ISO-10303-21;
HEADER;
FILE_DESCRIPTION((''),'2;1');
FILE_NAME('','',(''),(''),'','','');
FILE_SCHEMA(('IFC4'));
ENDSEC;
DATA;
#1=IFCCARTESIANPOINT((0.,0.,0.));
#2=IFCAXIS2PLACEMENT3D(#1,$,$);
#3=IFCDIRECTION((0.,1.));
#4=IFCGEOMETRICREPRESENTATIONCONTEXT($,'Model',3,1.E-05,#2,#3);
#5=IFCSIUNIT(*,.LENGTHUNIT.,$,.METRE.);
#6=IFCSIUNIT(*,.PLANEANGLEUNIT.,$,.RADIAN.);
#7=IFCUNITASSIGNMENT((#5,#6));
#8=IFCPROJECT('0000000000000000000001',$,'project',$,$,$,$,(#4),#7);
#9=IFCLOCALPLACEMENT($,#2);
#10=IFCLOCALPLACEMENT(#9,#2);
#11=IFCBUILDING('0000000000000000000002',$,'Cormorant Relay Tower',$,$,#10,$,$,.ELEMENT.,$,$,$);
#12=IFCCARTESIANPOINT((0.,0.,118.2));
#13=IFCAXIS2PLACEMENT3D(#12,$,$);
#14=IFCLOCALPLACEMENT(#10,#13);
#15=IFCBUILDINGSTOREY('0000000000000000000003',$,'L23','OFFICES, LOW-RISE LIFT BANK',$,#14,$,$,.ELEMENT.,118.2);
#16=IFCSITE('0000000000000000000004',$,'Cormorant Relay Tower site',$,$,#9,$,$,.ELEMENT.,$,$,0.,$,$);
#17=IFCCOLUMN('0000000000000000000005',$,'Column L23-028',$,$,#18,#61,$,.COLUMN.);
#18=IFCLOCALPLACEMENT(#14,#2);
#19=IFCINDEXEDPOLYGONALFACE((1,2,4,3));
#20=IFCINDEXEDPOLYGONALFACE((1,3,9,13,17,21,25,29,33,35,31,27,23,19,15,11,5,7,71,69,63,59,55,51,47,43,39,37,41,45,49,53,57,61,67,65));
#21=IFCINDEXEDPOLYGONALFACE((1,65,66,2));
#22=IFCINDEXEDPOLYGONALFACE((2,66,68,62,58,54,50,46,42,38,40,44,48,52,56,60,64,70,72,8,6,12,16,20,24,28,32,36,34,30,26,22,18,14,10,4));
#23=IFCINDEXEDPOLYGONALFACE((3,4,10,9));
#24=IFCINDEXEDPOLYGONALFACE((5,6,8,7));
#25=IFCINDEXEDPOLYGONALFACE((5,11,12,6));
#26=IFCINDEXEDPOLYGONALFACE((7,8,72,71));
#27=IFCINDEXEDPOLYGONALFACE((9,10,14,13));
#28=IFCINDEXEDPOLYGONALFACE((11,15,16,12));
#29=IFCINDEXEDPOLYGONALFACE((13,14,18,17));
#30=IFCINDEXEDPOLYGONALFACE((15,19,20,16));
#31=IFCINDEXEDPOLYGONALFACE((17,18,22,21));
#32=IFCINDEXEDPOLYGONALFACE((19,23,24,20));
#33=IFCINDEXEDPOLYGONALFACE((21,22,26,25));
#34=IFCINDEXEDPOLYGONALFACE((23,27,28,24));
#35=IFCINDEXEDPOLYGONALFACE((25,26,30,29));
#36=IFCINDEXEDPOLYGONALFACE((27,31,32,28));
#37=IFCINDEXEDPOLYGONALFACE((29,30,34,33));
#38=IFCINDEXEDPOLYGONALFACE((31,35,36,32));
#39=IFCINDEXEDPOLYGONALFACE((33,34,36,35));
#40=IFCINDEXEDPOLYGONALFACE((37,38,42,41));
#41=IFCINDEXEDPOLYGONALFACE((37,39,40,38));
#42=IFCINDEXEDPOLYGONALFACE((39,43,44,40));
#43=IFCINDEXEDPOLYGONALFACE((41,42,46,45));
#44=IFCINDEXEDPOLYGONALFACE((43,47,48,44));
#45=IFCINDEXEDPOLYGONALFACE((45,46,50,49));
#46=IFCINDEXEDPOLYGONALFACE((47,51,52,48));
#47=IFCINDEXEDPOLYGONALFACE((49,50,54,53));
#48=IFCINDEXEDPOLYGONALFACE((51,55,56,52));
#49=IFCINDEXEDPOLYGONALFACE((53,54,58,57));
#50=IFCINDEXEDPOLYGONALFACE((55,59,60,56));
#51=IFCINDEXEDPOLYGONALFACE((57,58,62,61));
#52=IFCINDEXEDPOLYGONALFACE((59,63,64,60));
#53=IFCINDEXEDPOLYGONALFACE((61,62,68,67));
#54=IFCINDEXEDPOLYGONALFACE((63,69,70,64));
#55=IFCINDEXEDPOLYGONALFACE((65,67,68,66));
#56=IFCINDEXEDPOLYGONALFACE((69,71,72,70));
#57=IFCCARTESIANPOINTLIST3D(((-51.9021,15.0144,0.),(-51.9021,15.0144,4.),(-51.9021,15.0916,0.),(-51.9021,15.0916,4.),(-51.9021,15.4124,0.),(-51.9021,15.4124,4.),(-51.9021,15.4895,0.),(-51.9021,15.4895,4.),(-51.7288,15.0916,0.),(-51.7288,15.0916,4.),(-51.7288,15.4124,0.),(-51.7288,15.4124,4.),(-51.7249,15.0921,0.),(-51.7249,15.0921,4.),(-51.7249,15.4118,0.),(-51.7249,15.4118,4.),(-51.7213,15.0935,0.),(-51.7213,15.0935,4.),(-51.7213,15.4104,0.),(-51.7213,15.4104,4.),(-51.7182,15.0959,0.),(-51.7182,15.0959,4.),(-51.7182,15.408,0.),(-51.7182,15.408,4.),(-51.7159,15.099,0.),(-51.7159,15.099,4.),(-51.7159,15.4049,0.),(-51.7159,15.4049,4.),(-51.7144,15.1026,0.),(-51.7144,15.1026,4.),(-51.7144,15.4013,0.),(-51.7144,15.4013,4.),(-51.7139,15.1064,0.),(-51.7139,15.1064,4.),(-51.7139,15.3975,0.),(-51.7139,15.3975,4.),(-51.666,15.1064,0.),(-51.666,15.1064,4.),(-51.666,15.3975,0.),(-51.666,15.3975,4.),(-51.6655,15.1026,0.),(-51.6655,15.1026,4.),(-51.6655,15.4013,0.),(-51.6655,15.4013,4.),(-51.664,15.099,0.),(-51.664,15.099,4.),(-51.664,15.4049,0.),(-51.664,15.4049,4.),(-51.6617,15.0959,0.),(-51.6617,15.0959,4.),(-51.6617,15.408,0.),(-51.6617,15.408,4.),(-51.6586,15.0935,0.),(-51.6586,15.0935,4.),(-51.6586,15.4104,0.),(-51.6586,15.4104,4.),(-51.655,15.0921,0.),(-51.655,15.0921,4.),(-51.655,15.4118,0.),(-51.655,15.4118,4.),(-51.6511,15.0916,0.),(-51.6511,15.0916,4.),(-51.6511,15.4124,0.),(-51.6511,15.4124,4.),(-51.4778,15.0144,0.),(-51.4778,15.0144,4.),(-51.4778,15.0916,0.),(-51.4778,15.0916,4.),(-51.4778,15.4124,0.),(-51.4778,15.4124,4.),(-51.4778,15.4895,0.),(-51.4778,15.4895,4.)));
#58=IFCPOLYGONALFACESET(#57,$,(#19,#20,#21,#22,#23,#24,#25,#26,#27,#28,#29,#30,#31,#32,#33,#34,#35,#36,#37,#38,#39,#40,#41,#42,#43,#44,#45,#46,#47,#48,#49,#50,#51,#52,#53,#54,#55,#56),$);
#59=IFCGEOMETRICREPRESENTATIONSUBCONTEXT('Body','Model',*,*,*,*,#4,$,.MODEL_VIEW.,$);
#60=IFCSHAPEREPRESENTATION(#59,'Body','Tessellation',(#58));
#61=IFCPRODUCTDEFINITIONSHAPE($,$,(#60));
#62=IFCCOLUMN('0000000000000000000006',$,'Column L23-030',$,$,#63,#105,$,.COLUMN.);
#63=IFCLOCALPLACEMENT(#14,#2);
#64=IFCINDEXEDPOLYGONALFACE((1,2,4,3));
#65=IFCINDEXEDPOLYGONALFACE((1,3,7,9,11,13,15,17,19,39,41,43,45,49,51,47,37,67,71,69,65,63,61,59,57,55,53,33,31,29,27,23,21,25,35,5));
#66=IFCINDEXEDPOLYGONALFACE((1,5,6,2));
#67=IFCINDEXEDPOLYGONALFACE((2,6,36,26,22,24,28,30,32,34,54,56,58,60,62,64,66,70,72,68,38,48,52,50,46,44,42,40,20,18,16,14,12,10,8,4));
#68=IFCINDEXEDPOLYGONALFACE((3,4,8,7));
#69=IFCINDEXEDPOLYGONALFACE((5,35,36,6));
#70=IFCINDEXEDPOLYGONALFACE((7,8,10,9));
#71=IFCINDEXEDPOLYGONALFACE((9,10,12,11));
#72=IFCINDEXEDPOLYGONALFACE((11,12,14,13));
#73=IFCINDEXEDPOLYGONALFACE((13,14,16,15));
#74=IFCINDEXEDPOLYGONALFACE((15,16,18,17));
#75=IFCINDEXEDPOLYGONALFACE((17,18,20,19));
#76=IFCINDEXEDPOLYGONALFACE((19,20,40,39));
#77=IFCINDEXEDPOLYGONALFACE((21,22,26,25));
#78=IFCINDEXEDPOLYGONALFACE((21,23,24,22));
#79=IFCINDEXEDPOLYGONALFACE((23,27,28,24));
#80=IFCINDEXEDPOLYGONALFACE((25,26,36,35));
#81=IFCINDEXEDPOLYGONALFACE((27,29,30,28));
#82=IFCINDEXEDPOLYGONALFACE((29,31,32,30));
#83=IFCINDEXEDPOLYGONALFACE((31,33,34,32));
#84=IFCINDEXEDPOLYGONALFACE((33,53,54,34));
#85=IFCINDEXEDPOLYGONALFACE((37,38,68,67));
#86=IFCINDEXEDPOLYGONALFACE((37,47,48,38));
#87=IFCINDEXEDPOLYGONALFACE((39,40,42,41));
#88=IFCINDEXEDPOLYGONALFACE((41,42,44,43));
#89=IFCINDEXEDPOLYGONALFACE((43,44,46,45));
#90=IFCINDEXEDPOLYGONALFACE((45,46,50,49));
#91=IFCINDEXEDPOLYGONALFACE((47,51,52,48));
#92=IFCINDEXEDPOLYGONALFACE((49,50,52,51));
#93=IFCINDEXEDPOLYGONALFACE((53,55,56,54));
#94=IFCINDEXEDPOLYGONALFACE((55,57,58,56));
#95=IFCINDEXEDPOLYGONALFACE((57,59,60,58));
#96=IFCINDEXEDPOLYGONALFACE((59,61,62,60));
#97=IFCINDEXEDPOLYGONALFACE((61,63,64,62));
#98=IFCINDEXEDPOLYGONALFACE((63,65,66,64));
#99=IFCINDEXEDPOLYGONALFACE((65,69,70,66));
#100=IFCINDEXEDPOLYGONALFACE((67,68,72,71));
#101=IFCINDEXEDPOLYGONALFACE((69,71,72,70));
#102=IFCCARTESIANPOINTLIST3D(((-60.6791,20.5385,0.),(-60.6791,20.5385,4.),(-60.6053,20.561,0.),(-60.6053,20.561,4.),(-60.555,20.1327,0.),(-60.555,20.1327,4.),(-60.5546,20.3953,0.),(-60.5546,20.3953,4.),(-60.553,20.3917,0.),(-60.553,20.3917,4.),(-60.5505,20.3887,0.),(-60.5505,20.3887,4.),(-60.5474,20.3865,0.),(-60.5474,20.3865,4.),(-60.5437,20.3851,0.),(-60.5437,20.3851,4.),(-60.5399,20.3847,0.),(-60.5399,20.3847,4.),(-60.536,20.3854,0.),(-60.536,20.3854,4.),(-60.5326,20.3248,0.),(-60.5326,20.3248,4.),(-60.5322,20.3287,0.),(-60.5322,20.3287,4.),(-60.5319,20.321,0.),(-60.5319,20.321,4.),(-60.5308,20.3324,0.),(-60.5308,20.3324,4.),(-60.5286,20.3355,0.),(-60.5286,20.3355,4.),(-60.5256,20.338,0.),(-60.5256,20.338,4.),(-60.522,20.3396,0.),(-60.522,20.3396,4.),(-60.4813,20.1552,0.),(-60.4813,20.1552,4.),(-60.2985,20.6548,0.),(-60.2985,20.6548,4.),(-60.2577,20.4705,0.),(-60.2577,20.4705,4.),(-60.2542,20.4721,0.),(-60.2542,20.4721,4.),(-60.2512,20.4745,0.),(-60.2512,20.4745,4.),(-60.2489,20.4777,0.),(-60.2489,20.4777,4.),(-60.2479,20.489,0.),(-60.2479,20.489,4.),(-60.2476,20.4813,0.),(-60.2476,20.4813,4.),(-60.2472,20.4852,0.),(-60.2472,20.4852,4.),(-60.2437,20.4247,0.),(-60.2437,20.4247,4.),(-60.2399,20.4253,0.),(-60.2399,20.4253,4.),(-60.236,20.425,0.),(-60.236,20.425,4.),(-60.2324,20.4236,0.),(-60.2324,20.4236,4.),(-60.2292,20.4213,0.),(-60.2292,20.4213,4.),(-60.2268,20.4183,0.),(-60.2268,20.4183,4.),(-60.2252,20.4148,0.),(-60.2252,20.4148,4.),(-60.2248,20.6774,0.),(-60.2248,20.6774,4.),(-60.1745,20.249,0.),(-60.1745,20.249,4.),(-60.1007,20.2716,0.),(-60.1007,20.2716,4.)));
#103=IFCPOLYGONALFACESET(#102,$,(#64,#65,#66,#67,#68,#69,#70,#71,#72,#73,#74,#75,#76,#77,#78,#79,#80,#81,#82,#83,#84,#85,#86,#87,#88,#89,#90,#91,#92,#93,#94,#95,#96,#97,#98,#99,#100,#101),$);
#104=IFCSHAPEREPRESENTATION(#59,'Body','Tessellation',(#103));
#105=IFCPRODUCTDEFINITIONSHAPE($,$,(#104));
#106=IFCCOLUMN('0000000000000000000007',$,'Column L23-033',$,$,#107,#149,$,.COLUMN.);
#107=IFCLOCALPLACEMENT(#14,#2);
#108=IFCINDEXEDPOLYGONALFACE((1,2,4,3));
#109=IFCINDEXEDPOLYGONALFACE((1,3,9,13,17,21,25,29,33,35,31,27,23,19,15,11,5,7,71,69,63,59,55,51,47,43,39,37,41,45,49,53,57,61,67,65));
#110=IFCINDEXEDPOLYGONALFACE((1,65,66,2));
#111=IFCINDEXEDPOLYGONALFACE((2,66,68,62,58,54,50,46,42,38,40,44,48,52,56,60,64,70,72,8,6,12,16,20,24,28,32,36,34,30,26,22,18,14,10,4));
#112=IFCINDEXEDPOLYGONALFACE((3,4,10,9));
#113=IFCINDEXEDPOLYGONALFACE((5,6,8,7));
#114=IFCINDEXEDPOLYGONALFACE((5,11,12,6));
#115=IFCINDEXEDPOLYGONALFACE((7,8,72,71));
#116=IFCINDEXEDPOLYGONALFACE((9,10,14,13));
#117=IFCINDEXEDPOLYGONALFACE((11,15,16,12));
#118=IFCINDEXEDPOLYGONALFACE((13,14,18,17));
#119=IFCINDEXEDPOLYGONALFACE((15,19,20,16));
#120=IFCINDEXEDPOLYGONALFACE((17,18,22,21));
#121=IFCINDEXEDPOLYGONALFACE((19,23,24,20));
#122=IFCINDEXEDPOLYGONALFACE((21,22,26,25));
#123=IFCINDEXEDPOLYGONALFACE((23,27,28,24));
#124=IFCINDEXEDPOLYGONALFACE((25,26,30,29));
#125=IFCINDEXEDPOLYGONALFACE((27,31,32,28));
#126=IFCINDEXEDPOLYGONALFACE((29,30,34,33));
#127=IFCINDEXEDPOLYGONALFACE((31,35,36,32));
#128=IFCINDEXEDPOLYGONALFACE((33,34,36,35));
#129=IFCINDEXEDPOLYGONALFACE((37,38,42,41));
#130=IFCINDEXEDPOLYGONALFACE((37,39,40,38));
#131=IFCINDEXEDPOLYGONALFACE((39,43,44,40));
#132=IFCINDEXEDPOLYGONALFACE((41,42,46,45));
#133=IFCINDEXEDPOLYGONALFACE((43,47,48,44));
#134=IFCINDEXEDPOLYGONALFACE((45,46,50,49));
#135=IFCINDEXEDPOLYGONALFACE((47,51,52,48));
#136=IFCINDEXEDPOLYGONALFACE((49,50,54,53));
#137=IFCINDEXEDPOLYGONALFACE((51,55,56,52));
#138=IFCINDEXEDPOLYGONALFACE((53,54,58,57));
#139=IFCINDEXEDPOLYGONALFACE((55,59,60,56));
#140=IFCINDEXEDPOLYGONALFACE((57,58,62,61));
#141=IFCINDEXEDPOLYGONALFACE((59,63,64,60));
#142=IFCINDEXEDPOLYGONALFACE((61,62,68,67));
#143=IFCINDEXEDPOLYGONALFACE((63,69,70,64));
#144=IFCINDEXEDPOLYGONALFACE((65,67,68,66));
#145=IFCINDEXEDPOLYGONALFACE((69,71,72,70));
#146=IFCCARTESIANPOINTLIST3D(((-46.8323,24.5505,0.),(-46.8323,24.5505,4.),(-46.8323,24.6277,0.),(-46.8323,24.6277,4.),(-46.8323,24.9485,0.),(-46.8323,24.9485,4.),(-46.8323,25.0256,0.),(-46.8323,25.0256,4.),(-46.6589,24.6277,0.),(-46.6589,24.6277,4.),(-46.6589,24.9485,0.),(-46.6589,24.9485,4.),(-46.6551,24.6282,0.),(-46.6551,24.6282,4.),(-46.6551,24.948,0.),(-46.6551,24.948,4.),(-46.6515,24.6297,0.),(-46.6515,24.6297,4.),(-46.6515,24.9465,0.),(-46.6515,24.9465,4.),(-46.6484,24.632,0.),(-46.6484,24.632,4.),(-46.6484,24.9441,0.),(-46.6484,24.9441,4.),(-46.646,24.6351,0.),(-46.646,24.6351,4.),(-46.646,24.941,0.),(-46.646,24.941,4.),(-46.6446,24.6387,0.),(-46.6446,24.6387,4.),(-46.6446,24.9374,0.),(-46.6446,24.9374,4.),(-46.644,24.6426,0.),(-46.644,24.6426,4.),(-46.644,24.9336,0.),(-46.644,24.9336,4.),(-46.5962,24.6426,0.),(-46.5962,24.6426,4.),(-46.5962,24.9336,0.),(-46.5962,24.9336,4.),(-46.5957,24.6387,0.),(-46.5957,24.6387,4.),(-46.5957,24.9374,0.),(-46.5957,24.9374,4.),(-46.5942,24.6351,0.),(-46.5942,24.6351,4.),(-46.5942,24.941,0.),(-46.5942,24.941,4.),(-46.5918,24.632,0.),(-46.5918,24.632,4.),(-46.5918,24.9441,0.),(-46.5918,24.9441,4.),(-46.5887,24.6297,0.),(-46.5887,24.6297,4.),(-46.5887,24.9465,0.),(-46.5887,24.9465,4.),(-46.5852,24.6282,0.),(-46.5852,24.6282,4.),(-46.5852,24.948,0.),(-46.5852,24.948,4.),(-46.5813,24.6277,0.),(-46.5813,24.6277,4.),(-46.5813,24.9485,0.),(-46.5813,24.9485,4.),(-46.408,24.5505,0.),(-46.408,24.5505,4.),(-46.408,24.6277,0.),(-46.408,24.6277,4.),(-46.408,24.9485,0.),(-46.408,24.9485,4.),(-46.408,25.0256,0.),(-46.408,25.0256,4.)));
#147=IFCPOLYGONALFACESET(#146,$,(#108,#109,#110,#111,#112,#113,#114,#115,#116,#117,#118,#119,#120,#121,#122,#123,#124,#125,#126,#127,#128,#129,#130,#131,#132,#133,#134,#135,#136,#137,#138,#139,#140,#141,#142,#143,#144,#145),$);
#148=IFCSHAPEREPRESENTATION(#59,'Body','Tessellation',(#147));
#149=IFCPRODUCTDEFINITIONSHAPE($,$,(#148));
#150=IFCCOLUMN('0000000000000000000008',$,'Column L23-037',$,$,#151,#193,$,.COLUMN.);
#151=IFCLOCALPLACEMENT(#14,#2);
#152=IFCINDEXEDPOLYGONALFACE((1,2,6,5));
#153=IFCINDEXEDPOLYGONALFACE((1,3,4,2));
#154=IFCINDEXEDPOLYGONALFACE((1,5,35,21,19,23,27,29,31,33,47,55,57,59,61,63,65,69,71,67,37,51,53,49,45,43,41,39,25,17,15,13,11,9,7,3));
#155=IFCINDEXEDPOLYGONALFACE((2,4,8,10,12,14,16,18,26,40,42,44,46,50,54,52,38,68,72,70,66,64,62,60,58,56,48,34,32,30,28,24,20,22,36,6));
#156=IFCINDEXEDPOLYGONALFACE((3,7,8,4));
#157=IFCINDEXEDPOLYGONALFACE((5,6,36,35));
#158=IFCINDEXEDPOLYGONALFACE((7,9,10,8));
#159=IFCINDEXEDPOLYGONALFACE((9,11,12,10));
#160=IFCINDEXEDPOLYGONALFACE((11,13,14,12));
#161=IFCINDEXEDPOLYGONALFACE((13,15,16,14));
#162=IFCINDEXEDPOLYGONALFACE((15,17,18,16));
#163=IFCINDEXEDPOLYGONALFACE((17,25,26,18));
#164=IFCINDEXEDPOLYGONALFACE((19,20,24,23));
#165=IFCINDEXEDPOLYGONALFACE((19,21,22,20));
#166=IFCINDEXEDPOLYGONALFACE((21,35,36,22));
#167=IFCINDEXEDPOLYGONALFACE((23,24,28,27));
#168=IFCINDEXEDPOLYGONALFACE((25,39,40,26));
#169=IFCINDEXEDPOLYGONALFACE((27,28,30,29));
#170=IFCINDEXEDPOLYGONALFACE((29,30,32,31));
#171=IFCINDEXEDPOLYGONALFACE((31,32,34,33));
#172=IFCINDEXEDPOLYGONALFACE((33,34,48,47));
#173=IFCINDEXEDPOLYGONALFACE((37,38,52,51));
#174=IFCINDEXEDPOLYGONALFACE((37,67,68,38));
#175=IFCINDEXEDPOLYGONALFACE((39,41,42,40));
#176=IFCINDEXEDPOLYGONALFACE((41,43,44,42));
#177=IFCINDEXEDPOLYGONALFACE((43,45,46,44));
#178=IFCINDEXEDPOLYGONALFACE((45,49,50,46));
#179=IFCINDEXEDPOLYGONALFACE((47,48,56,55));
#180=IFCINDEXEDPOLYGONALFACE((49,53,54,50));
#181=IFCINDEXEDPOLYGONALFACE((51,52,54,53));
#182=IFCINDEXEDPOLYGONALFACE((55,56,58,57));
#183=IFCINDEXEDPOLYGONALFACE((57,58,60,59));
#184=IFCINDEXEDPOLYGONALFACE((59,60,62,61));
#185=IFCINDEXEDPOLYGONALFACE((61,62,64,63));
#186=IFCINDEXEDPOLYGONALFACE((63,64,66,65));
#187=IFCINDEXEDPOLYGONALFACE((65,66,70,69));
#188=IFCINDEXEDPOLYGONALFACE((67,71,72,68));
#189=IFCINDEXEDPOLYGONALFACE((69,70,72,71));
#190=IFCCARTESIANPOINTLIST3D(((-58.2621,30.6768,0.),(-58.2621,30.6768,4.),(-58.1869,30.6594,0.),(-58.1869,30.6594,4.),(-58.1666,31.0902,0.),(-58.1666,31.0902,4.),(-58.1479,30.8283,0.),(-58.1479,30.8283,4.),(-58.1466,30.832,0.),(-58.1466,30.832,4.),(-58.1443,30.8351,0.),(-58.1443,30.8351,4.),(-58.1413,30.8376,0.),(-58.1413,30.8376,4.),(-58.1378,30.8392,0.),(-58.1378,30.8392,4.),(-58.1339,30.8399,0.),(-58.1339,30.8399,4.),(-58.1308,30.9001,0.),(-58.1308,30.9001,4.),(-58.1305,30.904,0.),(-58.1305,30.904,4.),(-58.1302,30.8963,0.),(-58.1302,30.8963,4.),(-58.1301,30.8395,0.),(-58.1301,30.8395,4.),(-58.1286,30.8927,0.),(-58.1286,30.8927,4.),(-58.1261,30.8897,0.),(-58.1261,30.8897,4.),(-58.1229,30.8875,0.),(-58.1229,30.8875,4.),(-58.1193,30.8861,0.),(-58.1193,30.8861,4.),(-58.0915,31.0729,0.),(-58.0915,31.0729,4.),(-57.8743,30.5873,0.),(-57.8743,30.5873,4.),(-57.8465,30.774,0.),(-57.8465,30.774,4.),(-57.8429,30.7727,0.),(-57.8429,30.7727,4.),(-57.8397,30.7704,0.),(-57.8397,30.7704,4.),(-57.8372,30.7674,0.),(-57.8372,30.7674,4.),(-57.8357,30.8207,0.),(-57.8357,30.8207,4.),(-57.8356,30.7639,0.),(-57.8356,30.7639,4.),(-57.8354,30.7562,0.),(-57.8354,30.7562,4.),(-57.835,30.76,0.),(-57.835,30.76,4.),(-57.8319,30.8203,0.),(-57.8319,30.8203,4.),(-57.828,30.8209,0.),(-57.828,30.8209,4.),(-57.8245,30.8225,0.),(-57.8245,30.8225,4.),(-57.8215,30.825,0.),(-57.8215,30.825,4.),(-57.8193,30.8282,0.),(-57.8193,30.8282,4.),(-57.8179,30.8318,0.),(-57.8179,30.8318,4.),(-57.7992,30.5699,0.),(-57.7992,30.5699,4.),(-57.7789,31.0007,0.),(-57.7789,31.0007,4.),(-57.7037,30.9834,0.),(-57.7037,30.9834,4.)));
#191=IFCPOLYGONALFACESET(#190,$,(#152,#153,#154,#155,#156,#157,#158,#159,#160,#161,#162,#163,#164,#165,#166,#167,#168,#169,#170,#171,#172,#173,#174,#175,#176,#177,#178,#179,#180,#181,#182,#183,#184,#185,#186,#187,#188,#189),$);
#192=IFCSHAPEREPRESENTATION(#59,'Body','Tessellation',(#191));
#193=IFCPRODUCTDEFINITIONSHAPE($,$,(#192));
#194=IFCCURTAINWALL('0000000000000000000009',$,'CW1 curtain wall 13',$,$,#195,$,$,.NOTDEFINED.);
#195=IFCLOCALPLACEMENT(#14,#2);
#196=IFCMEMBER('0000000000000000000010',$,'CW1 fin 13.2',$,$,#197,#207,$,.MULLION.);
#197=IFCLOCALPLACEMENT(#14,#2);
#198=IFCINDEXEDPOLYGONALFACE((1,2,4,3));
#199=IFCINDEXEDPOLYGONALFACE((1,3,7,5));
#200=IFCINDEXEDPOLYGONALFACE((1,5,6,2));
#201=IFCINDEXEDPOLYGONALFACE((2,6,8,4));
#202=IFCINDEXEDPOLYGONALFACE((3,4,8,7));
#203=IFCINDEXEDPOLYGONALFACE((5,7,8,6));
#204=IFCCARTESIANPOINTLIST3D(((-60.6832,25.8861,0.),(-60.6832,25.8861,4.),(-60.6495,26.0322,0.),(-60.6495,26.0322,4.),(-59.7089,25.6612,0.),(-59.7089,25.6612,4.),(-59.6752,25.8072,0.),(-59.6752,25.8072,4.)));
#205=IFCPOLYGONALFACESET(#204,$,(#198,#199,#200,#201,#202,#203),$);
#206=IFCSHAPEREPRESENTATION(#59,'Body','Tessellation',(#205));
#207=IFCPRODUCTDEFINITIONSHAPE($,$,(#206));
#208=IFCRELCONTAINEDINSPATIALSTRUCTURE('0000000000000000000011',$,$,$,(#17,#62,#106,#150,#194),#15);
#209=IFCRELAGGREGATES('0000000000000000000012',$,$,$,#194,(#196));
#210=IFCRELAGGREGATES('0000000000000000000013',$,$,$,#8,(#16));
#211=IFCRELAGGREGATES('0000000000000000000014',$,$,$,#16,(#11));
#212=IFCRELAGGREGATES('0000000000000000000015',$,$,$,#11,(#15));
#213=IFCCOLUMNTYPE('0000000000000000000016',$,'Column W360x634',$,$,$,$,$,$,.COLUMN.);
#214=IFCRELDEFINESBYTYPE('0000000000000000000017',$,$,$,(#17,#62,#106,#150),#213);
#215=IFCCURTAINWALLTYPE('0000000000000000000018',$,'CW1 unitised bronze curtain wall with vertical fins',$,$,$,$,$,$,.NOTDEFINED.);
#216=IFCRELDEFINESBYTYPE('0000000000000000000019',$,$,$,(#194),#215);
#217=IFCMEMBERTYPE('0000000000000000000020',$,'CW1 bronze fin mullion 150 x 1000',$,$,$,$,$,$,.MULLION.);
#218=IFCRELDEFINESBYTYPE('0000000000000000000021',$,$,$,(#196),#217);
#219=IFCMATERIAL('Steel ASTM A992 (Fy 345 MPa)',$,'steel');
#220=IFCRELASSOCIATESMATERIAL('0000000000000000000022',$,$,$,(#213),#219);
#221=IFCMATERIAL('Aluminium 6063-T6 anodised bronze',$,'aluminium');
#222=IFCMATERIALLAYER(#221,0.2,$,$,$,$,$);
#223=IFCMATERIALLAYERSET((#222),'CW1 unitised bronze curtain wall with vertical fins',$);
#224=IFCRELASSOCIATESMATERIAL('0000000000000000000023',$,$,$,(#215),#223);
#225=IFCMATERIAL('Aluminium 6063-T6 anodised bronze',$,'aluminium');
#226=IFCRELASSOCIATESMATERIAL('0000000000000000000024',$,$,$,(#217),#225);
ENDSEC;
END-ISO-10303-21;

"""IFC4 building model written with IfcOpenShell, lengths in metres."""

from ifc_helpers import new_model, si_unit, direction, frame, origin, origin_2d, place, context, subcontext, project, spatial, rectangle, i_section, extrude, material, layer, layer_set, material_profile, profile_set, type_object, element, aggregate, save


model = new_model("IFC4")

# Units and contexts
model_context = context("Model", 3, precision=1e-05, world=origin(), true_north=direction((0.0, 1.0)))
body_context = subcontext(model_context, "Body", "Model", "MODEL_VIEW")
ifc_project = project(units=[si_unit("LENGTHUNIT", "METRE"), si_unit("PLANEANGLEUNIT", "RADIAN")], contexts=[model_context])

# Site, building, storey
site_placement = place(None, origin())
site = spatial("IfcSite", under=ifc_project, at=site_placement, Name="Cormorant Relay Tower site", CompositionType="ELEMENT", RefElevation=0.0)
building_placement = place(site_placement, origin())
building = spatial("IfcBuilding", under=site, at=building_placement, Name="Cormorant Relay Tower", CompositionType="ELEMENT")
storey_placement = place(building_placement, frame((0.0, 0.0, 118.2)))
storey = spatial("IfcBuildingStorey", under=building, at=storey_placement, Name="L23", Description="OFFICES, LOW-RISE LIFT BANK", CompositionType="ELEMENT", Elevation=118.2)

# Columns
ifc_material_1 = material(Name="Steel ASTM A992 (Fy 345 MPa)", Category="steel")
ifc_material_profile_1 = material_profile(ifc_material_1, i_section(OverallWidth=0.4243, OverallDepth=0.4751, WebThickness=0.0479, FlangeThickness=0.0771, FilletRadius=0.0149, at=origin_2d()), Name="W360x634")
ifc_profile_set_1 = profile_set([ifc_material_profile_1], Name="Steel ASTM A992 (Fy 345 MPa)")
column_type = type_object("IfcColumnType", Name="Column W360x634", PredefinedType="COLUMN", material=ifc_profile_set_1)
for number, where, z_axis, x_axis, name in (
    (1, (-51.6899, 15.252, 0.0), (0.0, 0.0, 1.0), (1.0, 0.0, 0.0), "Column L23-028"),
    (2, (-60.3899, 20.405, 0.0), (0.0, 0.0, 1.0), (0.292372, -0.956305, 0.0), "Column L23-030"),
    (3, (-46.6201, 24.7881, 0.0), (0.0, 0.0, 1.0), (1.0, 0.0, 0.0), "Column L23-033"),
    (4, (-57.9829, 30.8301, 0.0), (0.0, 0.0, 1.0), (-0.224951, -0.97437, 0.0), "Column L23-037"),
):
    element("IfcColumn", number, at=place(storey_placement, frame(where, z_axis=z_axis, x_axis=x_axis)), inside=storey, type_object=column_type, Name=name, PredefinedType="COLUMN", context=body_context, shape_type="SweptSolid", body=[
        extrude(i_section(OverallWidth=0.4243, OverallDepth=0.4751, WebThickness=0.0479, FlangeThickness=0.0771, FilletRadius=0.0149, at=origin_2d()), origin(), (0.0, 0.0, 1.0), 4.0),
    ])

# Curtain wall, member
ifc_material_2 = material(Name="Aluminium 6063-T6 anodised bronze", Category="aluminium")
ifc_layer_1 = layer(ifc_material_2, 0.2)
ifc_layer_set_1 = layer_set([ifc_layer_1], Name="CW1 unitised bronze curtain wall with vertical fins")
curtain_wall_type = type_object("IfcCurtainWallType", Name="CW1 unitised bronze curtain wall with vertical fins", PredefinedType="NOTDEFINED", material=ifc_layer_set_1)
curtain_wall_1_placement = place(storey_placement, origin())
curtain_wall_1 = element("IfcCurtainWall", 5, at=curtain_wall_1_placement, inside=storey, type_object=curtain_wall_type, Name="CW1 curtain wall 13", PredefinedType="NOTDEFINED")
ifc_material_3 = material(Name="Aluminium 6063-T6 anodised bronze", Category="aluminium")
ifc_material_profile_2 = material_profile(ifc_material_3, rectangle(XDim=0.1499, YDim=1.0, at=origin_2d()), Name="AL 150x1000")
ifc_profile_set_2 = profile_set([ifc_material_profile_2], Name="Aluminium 6063-T6 anodised bronze")
member_type_1 = type_object("IfcMemberType", Name="CW1 bronze fin mullion 150 x 1000", PredefinedType="MULLION", material=ifc_profile_set_2)
member_1_placement = place(storey_placement, frame((-60.1792, 25.8467, 0.0), z_axis=(0.0, 0.0, 1.0), x_axis=(-0.224951, -0.97437, 0.0)))
member_1 = element("IfcMember", 6, at=member_1_placement, type_object=member_type_1, Name="CW1 fin 13.2", PredefinedType="MULLION", context=body_context, shape_type="SweptSolid", body=[
    extrude(rectangle(XDim=0.1499, YDim=1.0, at=origin_2d()), origin(), (0.0, 0.0, 1.0), 4.0),
])

aggregate(curtain_wall_1, [member_1])

save(model, "model.ifc")
